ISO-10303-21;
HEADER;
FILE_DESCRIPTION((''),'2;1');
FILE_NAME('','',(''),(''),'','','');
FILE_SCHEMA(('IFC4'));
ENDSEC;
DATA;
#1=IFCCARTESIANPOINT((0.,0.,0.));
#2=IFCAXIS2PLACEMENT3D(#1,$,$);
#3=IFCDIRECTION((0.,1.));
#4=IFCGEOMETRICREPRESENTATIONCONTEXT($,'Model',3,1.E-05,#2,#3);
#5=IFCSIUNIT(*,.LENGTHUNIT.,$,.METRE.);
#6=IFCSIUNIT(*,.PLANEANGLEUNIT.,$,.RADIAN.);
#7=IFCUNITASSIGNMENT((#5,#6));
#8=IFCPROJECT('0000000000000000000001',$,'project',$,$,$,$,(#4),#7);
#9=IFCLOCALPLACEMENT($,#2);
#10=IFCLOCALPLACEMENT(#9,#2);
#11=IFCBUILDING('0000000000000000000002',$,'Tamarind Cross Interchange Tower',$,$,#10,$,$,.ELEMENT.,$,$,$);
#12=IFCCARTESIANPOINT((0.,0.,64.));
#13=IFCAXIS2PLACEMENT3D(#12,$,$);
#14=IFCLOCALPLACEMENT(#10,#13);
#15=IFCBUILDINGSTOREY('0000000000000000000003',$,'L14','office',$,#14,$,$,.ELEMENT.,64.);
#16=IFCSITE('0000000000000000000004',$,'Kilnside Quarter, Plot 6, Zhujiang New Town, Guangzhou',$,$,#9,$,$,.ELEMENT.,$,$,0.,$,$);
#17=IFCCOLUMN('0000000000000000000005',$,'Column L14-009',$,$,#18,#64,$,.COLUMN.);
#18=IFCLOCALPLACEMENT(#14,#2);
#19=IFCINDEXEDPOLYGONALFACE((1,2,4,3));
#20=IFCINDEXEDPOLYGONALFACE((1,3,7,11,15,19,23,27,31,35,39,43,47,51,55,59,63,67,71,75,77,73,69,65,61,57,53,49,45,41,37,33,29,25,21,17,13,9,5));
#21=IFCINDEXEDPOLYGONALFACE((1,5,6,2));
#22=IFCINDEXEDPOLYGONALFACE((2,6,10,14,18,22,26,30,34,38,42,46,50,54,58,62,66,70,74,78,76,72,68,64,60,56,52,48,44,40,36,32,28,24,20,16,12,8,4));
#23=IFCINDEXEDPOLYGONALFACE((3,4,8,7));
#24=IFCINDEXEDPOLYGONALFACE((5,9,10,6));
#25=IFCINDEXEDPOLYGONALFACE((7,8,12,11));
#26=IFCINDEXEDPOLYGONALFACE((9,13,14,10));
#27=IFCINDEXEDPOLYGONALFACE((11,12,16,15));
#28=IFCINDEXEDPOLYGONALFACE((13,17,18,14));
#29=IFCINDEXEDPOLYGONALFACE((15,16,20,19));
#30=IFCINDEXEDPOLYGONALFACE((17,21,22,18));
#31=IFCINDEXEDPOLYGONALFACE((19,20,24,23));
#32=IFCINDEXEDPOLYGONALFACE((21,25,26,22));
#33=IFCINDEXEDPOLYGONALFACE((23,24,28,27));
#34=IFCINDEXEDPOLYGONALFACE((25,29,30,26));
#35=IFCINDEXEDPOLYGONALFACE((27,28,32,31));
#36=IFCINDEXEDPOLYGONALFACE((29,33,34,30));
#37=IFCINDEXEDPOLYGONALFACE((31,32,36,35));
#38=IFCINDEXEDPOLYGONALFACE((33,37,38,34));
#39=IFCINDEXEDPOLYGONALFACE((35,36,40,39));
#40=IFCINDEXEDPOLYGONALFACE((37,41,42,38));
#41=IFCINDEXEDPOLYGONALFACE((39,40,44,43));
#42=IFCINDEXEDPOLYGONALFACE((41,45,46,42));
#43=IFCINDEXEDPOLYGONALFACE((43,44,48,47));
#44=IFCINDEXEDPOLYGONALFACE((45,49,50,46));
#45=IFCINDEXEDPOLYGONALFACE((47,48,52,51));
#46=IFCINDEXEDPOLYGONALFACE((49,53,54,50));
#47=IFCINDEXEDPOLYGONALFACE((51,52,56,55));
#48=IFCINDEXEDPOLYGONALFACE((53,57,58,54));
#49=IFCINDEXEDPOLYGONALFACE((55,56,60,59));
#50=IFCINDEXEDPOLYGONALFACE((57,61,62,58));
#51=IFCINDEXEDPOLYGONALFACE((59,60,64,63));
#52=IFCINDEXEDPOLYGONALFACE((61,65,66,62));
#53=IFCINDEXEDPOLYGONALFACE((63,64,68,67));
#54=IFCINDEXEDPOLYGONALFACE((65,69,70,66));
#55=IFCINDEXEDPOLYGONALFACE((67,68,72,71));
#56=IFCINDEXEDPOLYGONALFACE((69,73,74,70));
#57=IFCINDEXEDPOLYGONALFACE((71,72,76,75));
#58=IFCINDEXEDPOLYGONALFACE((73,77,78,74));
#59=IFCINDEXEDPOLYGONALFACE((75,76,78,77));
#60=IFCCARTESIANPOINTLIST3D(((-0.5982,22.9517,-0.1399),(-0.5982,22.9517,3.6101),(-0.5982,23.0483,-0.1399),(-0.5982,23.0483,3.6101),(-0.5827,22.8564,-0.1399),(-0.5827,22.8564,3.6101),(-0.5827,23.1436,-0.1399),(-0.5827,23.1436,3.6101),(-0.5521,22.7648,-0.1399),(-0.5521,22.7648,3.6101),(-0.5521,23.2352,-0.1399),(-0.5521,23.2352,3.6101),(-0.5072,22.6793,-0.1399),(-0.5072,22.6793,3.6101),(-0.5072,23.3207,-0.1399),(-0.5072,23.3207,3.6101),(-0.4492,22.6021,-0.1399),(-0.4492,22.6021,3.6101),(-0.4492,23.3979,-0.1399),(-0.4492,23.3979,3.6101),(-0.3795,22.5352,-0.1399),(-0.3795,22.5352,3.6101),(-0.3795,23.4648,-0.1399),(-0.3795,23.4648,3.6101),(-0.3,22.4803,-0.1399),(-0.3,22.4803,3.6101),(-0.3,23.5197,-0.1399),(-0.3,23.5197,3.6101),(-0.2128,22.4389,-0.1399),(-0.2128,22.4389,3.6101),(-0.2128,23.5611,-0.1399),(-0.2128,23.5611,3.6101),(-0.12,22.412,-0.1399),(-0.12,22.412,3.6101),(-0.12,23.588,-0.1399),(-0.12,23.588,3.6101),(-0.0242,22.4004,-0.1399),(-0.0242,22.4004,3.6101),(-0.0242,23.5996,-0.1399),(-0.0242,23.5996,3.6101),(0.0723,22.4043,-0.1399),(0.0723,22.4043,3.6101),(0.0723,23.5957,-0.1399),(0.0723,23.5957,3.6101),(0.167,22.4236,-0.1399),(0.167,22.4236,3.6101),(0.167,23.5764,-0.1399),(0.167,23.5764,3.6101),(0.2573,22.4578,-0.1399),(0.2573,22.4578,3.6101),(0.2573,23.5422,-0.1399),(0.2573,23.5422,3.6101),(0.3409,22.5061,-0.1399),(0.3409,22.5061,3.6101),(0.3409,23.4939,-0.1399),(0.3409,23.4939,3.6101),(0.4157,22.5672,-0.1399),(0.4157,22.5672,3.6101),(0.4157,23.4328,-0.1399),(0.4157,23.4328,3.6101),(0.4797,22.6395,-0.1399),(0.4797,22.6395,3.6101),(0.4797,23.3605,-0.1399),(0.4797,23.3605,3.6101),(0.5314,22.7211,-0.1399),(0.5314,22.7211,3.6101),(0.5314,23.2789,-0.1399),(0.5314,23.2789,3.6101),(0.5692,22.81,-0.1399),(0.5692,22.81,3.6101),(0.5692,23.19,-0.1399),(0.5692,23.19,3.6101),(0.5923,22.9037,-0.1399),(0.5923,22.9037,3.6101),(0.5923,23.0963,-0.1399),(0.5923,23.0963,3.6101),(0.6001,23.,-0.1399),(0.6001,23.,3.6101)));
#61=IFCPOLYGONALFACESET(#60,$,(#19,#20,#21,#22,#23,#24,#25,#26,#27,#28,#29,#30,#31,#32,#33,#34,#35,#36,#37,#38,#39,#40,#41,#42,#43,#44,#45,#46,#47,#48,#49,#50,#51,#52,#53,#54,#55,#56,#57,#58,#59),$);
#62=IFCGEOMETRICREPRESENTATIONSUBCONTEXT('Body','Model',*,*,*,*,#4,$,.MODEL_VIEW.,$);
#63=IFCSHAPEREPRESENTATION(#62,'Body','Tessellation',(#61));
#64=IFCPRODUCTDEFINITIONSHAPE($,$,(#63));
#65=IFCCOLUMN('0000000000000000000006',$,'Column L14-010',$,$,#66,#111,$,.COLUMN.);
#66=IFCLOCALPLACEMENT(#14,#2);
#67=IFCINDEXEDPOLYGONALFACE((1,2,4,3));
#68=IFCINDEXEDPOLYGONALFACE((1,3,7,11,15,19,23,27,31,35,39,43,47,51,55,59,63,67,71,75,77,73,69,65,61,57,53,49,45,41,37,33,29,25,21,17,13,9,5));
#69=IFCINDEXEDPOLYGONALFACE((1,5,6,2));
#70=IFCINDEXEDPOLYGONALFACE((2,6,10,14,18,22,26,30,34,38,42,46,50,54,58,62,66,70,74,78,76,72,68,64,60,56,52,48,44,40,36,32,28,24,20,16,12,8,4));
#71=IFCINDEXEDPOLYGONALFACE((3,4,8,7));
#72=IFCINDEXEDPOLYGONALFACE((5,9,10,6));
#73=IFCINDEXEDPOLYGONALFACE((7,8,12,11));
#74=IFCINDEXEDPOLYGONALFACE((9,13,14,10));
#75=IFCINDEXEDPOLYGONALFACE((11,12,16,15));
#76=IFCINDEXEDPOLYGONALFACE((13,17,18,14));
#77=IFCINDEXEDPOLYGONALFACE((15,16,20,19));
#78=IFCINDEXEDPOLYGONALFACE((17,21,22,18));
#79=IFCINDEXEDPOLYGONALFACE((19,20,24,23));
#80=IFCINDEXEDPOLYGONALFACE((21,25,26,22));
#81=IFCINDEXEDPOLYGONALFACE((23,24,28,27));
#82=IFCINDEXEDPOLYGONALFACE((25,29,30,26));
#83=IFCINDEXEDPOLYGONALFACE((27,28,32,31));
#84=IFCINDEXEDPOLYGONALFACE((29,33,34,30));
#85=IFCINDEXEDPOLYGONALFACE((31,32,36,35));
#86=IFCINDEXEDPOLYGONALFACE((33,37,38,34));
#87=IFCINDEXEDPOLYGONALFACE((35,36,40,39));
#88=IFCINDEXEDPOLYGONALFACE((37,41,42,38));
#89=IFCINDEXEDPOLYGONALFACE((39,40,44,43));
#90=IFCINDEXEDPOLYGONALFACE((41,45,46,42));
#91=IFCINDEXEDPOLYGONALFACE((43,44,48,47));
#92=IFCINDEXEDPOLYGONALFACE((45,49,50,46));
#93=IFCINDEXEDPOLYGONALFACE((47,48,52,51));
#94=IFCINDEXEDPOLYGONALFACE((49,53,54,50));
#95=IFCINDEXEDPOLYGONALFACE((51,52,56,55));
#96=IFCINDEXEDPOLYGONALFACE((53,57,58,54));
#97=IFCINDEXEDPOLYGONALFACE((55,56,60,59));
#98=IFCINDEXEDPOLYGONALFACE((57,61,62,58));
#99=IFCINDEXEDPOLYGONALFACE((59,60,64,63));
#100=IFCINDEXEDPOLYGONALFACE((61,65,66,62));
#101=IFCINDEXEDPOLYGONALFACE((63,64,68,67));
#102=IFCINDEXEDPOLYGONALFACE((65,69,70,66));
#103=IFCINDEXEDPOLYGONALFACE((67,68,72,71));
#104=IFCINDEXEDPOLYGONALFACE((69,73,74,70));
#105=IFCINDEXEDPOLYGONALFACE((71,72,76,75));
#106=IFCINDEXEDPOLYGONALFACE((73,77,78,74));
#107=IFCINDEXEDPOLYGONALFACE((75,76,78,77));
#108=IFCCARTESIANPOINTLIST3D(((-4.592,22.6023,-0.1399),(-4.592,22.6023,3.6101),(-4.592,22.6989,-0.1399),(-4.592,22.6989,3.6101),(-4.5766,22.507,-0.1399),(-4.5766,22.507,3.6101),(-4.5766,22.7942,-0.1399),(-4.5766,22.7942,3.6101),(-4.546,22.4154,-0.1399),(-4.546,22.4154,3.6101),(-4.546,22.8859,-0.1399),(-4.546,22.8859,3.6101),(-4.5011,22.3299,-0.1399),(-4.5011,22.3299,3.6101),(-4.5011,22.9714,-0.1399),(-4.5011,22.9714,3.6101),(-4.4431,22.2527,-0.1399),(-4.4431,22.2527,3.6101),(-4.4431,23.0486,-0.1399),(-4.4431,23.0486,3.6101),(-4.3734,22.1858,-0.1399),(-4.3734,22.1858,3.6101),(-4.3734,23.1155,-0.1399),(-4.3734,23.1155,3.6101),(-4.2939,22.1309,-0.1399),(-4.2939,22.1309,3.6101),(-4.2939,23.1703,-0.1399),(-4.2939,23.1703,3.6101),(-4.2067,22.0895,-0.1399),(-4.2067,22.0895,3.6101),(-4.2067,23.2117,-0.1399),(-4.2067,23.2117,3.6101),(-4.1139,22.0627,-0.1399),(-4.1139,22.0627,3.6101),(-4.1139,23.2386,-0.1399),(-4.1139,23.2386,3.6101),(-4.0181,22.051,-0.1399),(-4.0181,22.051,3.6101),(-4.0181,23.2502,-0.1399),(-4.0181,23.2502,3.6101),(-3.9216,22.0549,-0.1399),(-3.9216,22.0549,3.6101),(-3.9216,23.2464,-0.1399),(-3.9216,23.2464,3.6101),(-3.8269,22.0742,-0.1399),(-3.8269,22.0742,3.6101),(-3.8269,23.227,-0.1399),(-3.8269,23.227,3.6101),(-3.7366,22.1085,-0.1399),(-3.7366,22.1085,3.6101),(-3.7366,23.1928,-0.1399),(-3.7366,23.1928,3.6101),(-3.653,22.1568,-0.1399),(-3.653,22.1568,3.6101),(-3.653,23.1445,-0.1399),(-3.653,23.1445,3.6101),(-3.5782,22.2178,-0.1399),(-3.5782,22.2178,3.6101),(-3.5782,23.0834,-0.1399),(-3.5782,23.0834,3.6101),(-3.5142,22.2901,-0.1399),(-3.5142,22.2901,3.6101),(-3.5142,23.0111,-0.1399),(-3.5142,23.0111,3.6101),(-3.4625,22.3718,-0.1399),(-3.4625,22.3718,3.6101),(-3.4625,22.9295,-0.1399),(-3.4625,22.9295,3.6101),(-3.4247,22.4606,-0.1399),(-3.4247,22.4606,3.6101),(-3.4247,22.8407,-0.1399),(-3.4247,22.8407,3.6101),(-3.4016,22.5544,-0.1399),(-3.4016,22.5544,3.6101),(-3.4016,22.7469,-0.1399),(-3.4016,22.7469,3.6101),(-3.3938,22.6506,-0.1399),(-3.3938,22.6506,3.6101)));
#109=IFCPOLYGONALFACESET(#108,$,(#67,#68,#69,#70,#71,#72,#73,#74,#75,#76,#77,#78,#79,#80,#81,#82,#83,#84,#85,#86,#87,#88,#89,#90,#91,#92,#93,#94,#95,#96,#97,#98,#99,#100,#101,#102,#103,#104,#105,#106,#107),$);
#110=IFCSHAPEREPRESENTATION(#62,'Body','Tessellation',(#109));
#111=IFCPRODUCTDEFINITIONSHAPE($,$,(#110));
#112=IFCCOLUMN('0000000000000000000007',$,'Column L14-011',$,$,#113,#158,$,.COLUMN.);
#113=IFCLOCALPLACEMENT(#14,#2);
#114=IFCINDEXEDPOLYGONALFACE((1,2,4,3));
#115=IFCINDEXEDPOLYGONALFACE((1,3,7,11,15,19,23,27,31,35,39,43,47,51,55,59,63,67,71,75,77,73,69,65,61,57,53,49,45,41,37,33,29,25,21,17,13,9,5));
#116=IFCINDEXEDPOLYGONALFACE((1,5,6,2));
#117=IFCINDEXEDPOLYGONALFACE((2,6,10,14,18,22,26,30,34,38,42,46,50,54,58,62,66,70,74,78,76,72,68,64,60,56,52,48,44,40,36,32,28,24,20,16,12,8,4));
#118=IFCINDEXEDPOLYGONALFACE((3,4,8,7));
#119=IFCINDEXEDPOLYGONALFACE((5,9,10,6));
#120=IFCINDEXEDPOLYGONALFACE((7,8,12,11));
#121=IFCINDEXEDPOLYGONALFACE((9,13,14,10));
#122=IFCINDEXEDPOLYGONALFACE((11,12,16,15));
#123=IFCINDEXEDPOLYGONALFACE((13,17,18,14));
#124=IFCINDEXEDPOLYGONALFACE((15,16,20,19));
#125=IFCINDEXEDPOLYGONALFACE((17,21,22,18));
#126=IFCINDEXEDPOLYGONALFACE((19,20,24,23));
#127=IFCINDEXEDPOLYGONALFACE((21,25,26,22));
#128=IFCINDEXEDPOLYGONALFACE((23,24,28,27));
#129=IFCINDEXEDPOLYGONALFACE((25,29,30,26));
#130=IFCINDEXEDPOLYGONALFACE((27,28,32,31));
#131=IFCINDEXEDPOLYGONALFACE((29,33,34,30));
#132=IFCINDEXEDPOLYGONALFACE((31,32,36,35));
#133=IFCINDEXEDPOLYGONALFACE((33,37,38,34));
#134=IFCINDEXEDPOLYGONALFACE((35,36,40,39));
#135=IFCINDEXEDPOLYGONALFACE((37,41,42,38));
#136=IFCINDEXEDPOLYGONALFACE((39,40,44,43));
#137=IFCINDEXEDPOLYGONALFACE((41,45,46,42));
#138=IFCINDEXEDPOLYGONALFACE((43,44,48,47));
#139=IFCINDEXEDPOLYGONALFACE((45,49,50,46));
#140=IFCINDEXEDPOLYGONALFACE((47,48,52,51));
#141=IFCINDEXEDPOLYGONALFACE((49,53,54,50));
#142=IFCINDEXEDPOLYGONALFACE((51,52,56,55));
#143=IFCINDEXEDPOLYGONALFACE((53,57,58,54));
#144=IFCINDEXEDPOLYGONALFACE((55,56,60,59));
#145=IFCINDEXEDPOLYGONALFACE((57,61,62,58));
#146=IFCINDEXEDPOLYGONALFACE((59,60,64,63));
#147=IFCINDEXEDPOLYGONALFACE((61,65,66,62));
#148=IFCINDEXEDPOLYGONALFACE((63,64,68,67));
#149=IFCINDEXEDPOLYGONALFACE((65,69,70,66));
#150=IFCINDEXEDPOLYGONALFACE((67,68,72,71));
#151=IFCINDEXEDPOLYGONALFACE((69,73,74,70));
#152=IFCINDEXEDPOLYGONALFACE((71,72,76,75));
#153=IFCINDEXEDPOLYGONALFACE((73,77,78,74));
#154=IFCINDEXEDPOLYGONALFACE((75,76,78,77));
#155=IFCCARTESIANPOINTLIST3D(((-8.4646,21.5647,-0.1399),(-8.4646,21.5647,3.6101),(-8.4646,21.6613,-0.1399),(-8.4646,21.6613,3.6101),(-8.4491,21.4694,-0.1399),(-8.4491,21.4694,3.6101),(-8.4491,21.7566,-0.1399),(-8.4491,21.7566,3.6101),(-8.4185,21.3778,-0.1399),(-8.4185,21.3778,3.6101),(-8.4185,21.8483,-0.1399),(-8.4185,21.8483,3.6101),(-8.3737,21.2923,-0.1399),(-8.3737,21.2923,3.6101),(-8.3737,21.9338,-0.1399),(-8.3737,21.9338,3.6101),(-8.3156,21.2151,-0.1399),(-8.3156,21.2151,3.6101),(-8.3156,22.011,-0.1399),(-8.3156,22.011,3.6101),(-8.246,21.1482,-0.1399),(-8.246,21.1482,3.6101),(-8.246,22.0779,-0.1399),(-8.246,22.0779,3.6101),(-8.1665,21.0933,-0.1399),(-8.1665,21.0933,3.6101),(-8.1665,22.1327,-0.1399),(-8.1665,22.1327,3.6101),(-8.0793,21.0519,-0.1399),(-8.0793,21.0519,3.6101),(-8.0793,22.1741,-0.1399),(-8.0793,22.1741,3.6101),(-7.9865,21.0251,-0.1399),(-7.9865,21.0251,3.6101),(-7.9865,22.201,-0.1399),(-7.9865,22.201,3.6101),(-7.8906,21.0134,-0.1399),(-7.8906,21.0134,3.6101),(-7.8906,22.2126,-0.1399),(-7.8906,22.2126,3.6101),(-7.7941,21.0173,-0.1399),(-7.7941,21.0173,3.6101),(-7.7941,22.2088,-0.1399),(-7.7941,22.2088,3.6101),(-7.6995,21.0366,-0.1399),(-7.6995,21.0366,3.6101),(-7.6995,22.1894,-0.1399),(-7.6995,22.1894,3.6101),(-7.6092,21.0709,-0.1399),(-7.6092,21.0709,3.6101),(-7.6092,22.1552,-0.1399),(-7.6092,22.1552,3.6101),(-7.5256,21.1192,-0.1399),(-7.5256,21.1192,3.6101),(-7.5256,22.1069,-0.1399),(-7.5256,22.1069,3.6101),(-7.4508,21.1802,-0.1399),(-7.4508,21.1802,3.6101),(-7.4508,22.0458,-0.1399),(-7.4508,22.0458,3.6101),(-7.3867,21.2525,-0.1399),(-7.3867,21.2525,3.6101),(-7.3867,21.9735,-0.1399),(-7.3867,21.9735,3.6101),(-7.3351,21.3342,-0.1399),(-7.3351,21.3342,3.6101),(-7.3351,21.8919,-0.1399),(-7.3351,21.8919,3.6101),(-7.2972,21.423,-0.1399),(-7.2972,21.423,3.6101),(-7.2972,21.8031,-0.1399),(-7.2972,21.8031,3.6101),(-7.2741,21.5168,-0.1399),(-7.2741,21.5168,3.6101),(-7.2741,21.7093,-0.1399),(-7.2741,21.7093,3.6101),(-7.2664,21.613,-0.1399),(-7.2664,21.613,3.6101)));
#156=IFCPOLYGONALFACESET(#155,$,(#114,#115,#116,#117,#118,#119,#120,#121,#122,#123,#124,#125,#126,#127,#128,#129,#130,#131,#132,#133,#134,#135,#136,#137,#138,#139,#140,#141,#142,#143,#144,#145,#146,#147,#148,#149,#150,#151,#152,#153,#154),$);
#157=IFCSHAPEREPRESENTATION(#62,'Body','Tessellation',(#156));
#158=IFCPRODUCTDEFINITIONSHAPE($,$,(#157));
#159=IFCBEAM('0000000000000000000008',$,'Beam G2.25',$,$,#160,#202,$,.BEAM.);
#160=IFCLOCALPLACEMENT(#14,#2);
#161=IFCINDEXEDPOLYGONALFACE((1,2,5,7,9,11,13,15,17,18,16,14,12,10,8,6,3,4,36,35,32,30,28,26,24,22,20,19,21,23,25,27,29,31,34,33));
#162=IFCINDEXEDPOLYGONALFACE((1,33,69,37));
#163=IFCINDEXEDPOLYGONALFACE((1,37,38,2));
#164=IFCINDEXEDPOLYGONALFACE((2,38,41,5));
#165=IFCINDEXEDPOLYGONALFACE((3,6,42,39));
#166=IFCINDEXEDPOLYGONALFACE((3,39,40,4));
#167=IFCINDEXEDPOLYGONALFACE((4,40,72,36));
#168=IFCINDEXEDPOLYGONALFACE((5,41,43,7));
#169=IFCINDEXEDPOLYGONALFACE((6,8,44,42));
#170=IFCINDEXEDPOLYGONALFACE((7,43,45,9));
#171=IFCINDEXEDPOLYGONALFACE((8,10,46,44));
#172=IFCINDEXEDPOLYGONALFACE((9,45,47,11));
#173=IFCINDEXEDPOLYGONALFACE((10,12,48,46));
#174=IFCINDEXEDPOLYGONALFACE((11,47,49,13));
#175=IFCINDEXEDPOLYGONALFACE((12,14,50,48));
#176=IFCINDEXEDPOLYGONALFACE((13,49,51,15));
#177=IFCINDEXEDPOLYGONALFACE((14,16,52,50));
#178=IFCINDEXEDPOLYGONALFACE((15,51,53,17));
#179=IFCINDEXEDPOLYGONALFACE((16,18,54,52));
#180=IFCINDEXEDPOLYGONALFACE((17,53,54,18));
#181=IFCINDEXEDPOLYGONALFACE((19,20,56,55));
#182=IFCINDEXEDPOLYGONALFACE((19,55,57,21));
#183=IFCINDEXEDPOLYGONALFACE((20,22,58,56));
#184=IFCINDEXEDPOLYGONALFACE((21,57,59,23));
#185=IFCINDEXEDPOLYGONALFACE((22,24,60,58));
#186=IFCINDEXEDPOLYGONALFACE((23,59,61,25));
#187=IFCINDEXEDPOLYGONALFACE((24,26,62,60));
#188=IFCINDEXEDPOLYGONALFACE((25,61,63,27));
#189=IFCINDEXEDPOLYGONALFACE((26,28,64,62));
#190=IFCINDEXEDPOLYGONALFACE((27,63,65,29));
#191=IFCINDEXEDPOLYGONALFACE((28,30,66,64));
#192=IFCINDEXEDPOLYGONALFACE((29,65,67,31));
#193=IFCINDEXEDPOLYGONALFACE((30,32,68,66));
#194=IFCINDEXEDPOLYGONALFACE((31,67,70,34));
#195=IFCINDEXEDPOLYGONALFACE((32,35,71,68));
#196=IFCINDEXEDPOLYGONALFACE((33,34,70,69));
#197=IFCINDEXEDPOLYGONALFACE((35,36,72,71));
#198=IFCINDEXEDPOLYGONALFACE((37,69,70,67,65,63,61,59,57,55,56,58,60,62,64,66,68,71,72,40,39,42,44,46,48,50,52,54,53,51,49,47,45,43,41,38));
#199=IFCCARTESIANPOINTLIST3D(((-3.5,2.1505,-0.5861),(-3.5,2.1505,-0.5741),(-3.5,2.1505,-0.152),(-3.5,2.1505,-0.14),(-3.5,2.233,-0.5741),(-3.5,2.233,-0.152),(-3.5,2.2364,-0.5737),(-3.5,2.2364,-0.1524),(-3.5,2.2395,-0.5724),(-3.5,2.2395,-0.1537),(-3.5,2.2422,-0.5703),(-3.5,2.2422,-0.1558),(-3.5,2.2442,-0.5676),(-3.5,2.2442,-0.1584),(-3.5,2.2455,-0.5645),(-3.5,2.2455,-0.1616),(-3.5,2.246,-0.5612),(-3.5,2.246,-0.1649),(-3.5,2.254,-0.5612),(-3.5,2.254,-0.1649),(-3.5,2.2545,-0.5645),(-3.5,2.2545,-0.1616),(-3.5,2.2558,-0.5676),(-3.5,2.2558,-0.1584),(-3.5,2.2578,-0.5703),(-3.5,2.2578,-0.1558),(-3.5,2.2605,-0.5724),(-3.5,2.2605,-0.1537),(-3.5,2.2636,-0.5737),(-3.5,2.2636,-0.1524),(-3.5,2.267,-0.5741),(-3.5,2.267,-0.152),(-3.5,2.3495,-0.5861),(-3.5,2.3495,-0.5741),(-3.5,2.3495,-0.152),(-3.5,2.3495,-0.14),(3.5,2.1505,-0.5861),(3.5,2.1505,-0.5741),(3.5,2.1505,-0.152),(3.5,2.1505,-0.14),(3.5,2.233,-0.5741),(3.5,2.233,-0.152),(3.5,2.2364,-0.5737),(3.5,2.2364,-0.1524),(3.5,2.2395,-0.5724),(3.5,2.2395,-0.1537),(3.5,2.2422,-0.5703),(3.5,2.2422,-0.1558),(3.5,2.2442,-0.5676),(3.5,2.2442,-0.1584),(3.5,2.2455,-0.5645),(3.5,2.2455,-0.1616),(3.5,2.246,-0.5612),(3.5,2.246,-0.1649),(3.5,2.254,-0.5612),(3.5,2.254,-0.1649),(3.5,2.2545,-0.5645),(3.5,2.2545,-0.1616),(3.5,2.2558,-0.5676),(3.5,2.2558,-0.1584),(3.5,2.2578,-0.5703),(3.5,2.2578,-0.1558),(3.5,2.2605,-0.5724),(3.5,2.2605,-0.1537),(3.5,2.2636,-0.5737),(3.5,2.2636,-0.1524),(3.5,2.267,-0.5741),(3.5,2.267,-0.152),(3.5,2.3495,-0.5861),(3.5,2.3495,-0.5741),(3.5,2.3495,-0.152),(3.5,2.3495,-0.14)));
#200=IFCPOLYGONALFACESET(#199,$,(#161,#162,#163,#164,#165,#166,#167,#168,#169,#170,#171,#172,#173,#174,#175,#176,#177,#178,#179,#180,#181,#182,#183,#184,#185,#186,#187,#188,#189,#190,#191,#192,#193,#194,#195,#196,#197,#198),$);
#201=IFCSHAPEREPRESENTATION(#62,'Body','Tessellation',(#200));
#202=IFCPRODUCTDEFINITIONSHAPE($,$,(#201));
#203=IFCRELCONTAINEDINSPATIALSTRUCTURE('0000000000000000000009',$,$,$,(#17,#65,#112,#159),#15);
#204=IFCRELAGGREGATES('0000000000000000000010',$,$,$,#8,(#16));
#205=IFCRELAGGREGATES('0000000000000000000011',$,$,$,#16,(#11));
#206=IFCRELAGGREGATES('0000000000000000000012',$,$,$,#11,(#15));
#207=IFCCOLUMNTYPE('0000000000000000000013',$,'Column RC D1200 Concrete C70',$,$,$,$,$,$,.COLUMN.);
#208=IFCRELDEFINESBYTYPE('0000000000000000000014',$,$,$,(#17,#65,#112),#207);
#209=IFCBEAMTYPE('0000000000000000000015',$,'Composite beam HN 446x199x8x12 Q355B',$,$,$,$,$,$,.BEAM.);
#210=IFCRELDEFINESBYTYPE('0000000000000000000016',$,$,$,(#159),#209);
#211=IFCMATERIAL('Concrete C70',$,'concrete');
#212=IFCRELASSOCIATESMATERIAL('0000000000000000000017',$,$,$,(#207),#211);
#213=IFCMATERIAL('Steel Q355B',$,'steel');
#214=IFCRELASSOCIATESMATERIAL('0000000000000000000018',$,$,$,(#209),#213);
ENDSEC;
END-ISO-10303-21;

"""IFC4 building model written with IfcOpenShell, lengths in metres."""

from ifc_helpers import new_model, si_unit, direction, frame, origin, origin_2d, place, context, subcontext, project, spatial, circle, i_section, extrude, material, material_profile, profile_set, type_object, element, save


model = new_model("IFC4")

# Units and contexts
model_context = context("Model", 3, precision=1e-05, world=origin(), true_north=direction((0.0, 1.0)))
body_context = subcontext(model_context, "Body", "Model", "MODEL_VIEW")
ifc_project = project(units=[si_unit("LENGTHUNIT", "METRE"), si_unit("PLANEANGLEUNIT", "RADIAN")], contexts=[model_context])

# Site, building, storey
site_placement = place(None, origin())
site = spatial("IfcSite", under=ifc_project, at=site_placement, Name="Kilnside Quarter, Plot 6, Zhujiang New Town, Guangzhou", CompositionType="ELEMENT", RefElevation=0.0)
building_placement = place(site_placement, origin())
building = spatial("IfcBuilding", under=site, at=building_placement, Name="Tamarind Cross Interchange Tower", CompositionType="ELEMENT")
storey_placement = place(building_placement, frame((0.0, 0.0, 64.0)))
storey = spatial("IfcBuildingStorey", under=building, at=storey_placement, Name="L14", Description="office", CompositionType="ELEMENT", Elevation=64.0)

# Columns
ifc_material_1 = material(Name="Concrete C70", Category="concrete")
ifc_material_profile_1 = material_profile(ifc_material_1, circle(Radius=0.6001, at=origin_2d()), Name="RC D1200")
ifc_profile_set_1 = profile_set([ifc_material_profile_1], Name="Concrete C70")
column_type = type_object("IfcColumnType", Name="Column RC D1200 Concrete C70", PredefinedType="COLUMN", material=ifc_profile_set_1)
for number, where, z_axis, x_axis, name in (
    (1, (0.0, 23.0, -0.1399), (0.0, 0.0, 1.0), (1.0, 0.0, 0.0), "Column L14-009"),
    (2, (-3.9939, 22.6506, -0.1399), (0.0, 0.0, 1.0), (1.0, 0.0, 0.0), "Column L14-010"),
    (3, (-7.8665, 21.613, -0.1399), (0.0, 0.0, 1.0), (1.0, 0.0, 0.0), "Column L14-011"),
):
    element("IfcColumn", number, at=place(storey_placement, frame(where, z_axis=z_axis, x_axis=x_axis)), inside=storey, type_object=column_type, Name=name, PredefinedType="COLUMN", context=body_context, shape_type="SweptSolid", body=[
        extrude(circle(Radius=0.6001, at=origin_2d()), origin(), (0.0, 0.0, 1.0), 3.75),
    ])

# Beam
ifc_material_2 = material(Name="Steel Q355B", Category="steel")
ifc_material_profile_2 = material_profile(ifc_material_2, i_section(OverallWidth=0.199, OverallDepth=0.446, WebThickness=0.0081, FlangeThickness=0.012, FilletRadius=0.0129, at=origin_2d()), Name="HN 446x199x8x12")
ifc_profile_set_2 = profile_set([ifc_material_profile_2], Name="Steel Q355B")
beam_type_1 = type_object("IfcBeamType", Name="Composite beam HN 446x199x8x12 Q355B", PredefinedType="BEAM", material=ifc_profile_set_2)
for number, where, z_axis, x_axis, name in (
    (4, (-3.5, 2.25, -0.363), (1.0, 0.0, 0.0), (0.0, 1.0, 0.0), "Beam G2.25"),
):
    element("IfcBeam", number, at=place(storey_placement, frame(where, z_axis=z_axis, x_axis=x_axis)), inside=storey, type_object=beam_type_1, Name=name, PredefinedType="BEAM", context=body_context, shape_type="SweptSolid", body=[
        extrude(i_section(OverallWidth=0.199, OverallDepth=0.446, WebThickness=0.0081, FlangeThickness=0.012, FilletRadius=0.0129, at=origin_2d()), origin(), (0.0, 0.0, 1.0), 7.0),
    ])

save(model, "model.ifc")
